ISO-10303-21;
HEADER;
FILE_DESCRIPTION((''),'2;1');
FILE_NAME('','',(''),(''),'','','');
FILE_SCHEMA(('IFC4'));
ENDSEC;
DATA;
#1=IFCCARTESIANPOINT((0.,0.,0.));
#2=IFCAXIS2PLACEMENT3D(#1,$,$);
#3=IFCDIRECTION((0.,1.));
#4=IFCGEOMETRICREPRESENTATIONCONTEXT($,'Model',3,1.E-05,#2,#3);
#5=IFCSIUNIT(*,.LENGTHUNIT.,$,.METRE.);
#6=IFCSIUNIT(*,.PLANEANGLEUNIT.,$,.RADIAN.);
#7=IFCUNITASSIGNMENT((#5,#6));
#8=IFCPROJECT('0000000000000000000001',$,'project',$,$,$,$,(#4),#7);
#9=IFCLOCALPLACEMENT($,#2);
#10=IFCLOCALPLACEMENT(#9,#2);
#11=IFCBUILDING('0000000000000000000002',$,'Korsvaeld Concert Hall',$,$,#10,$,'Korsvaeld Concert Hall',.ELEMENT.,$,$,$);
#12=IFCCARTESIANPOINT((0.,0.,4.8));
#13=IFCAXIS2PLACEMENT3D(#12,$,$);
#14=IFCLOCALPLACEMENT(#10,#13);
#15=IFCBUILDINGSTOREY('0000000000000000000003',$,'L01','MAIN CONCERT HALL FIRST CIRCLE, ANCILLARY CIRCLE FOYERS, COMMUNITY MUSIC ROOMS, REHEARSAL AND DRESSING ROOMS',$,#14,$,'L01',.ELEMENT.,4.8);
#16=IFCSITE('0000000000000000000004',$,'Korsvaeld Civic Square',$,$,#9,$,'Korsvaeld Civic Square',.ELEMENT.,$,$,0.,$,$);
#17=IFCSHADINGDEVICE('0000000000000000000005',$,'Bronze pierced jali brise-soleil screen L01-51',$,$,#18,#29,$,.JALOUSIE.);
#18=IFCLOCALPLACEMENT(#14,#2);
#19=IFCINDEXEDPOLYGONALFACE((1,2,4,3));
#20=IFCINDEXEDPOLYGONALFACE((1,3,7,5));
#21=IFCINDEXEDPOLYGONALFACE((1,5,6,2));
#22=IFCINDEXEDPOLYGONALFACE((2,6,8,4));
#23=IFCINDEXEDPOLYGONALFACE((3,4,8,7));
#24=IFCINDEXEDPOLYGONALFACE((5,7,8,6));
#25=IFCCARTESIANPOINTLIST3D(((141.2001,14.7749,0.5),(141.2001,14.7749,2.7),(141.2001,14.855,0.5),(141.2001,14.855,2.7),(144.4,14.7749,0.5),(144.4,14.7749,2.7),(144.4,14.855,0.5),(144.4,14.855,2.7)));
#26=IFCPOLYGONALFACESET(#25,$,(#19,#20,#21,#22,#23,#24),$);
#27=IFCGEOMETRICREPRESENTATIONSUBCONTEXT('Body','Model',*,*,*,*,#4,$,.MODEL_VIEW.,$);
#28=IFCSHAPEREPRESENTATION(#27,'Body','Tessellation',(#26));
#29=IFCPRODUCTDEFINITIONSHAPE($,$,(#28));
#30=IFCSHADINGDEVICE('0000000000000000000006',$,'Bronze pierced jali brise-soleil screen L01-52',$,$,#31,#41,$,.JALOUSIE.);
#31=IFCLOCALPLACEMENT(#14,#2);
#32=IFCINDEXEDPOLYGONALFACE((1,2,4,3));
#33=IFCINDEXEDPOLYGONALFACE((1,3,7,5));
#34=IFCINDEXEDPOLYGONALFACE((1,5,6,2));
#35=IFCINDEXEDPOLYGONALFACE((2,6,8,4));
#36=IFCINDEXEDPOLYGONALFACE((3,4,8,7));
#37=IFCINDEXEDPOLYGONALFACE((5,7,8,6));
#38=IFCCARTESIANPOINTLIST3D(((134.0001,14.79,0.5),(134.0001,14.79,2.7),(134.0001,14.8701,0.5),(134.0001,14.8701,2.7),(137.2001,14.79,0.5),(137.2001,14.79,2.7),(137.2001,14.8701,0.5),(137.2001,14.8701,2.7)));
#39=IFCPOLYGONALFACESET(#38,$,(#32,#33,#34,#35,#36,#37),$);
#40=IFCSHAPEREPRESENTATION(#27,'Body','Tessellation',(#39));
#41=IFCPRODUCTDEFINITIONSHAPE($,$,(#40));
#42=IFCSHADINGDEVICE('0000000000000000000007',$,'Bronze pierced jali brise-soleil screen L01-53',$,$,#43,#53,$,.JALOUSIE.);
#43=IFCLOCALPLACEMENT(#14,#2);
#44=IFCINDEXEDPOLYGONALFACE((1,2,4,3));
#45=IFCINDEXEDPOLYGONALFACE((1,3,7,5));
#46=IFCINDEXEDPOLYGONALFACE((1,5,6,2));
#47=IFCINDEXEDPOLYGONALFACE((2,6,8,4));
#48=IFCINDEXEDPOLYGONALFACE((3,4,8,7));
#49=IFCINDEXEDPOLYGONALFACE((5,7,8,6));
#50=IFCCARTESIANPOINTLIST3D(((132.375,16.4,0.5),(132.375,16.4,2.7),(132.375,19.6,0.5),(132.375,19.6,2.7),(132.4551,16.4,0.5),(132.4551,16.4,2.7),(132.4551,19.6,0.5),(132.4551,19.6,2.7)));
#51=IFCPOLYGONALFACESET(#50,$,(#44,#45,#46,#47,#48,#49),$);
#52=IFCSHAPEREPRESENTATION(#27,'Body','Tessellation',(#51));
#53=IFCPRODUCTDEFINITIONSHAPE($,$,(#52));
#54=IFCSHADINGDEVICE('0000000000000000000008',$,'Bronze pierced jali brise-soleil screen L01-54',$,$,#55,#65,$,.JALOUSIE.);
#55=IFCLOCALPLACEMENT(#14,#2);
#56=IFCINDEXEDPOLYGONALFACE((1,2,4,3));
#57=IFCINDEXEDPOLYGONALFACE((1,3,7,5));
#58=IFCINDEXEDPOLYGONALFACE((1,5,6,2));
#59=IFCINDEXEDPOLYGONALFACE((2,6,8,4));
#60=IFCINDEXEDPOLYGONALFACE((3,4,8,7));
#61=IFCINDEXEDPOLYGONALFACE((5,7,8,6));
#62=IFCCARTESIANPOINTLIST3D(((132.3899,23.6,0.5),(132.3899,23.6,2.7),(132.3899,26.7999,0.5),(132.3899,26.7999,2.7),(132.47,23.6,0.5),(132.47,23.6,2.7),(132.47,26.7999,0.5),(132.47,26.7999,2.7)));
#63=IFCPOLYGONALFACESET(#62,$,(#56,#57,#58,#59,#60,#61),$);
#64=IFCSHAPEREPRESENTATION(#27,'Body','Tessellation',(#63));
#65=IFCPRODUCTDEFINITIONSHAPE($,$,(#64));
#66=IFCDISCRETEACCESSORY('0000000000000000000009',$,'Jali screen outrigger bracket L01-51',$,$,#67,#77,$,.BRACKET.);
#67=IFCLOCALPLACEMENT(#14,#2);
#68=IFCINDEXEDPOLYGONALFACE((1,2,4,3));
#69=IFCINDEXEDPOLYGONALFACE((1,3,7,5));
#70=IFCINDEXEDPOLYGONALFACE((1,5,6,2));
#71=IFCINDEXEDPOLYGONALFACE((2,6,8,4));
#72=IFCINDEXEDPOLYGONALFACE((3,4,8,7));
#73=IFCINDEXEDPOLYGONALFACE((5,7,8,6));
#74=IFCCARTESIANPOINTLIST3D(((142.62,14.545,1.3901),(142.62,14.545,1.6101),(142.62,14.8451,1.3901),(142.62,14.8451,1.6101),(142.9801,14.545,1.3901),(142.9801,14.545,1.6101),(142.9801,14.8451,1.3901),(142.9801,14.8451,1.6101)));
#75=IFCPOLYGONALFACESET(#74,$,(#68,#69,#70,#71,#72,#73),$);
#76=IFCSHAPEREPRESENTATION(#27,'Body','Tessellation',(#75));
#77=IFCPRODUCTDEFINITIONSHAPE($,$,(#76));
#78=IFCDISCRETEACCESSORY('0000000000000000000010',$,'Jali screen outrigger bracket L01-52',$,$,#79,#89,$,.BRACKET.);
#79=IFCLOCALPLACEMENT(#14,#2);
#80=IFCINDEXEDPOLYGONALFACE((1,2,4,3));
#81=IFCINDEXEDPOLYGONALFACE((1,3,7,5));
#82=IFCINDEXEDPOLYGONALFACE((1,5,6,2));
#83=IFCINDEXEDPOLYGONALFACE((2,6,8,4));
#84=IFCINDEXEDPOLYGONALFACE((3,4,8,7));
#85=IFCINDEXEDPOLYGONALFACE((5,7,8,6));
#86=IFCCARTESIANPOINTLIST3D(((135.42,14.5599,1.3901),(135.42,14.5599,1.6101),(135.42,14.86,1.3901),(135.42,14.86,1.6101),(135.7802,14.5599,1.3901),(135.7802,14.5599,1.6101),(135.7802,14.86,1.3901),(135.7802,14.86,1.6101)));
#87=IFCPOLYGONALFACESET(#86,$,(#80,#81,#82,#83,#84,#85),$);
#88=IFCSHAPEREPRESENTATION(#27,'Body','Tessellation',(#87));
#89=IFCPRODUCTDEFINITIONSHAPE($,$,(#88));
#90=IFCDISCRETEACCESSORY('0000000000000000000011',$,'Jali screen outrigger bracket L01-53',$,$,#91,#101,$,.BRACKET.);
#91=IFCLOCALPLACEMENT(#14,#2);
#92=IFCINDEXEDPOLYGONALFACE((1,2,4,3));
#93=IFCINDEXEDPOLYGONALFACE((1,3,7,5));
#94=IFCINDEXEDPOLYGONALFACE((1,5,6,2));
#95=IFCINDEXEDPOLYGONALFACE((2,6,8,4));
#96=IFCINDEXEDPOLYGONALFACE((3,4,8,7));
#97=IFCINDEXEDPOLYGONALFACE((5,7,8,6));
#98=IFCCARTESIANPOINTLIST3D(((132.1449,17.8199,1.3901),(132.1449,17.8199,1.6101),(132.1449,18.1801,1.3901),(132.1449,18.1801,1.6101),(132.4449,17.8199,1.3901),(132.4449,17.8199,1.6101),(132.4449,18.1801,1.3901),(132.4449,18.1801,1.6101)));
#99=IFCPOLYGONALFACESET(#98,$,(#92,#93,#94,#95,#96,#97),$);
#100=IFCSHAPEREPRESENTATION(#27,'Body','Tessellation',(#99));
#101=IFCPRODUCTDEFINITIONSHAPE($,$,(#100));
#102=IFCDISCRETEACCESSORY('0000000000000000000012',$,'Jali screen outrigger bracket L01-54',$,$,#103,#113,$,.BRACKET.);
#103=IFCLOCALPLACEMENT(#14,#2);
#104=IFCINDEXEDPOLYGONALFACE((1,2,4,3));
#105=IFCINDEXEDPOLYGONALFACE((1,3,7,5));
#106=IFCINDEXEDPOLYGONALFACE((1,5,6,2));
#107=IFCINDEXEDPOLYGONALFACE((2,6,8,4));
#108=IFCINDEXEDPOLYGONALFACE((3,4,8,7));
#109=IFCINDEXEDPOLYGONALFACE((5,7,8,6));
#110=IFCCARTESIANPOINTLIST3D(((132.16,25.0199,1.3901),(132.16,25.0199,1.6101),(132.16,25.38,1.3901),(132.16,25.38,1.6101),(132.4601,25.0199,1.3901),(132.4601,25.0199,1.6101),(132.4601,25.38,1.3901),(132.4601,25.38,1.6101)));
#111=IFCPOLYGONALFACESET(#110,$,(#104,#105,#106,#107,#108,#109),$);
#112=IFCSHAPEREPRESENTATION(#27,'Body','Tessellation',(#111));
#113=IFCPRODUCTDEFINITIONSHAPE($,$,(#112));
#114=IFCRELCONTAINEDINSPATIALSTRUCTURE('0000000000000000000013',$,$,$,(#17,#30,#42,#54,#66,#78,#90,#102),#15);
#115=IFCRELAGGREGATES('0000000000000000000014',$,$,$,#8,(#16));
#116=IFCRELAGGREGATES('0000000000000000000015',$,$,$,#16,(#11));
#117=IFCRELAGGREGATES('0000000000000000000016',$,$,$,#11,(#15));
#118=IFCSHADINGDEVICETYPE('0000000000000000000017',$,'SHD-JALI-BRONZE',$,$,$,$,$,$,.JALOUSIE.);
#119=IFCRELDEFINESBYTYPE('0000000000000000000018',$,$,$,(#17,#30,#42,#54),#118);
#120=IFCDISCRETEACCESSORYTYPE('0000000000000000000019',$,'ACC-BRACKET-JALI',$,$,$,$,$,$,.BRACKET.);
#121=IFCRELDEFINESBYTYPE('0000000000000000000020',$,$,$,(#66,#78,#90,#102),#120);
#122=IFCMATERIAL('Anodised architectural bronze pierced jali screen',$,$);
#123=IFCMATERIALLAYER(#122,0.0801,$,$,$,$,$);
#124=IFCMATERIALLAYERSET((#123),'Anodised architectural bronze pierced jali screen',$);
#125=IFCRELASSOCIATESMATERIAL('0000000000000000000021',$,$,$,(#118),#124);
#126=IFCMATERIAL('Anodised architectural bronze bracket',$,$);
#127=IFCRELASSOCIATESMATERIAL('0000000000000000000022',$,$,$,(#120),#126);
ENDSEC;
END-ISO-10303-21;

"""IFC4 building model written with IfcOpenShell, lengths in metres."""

from ifc_helpers import new_model, si_unit, direction, frame, origin, origin_2d, place, context, subcontext, project, spatial, rectangle, extrude, material, layer, layer_set, type_object, element, save


model = new_model("IFC4")

# Units and contexts
model_context = context("Model", 3, precision=1e-05, world=origin(), true_north=direction((0.0, 1.0)))
body_context = subcontext(model_context, "Body", "Model", "MODEL_VIEW")
ifc_project = project(units=[si_unit("LENGTHUNIT", "METRE"), si_unit("PLANEANGLEUNIT", "RADIAN")], contexts=[model_context])

# Site, building, storey
site_placement = place(None, origin())
site = spatial("IfcSite", under=ifc_project, at=site_placement, Name="Korsvaeld Civic Square", LongName="Korsvaeld Civic Square", CompositionType="ELEMENT", RefElevation=0.0)
building_placement = place(site_placement, origin())
building = spatial("IfcBuilding", under=site, at=building_placement, Name="Korsvaeld Concert Hall", LongName="Korsvaeld Concert Hall", CompositionType="ELEMENT")
storey_placement = place(building_placement, frame((0.0, 0.0, 4.8)))
storey = spatial("IfcBuildingStorey", under=building, at=storey_placement, Name="L01", Description="MAIN CONCERT HALL FIRST CIRCLE, ANCILLARY CIRCLE FOYERS, COMMUNITY MUSIC ROOMS, REHEARSAL AND DRESSING ROOMS", LongName="L01", CompositionType="ELEMENT", Elevation=4.8)

# Shading devices
ifc_material_1 = material(Name="Anodised architectural bronze pierced jali screen")
ifc_layer_1 = layer(ifc_material_1, 0.0801)
ifc_layer_set_1 = layer_set([ifc_layer_1], Name="Anodised architectural bronze pierced jali screen")
shading_device_type = type_object("IfcShadingDeviceType", Name="SHD-JALI-BRONZE", PredefinedType="JALOUSIE", material=ifc_layer_set_1)
for number, where, z_axis, x_axis, name in (
    (1, (142.8, 14.8149, 0.5), (0.0, 0.0, 1.0), (-1.0, 0.0, 0.0), "Bronze pierced jali brise-soleil screen L01-51"),
    (2, (135.6001, 14.8301, 0.5), (0.0, 0.0, 1.0), (-1.0, 0.0, 0.0), "Bronze pierced jali brise-soleil screen L01-52"),
    (3, (132.415, 18.0, 0.5), (0.0, 0.0, 1.0), (0.0, 1.0, 0.0), "Bronze pierced jali brise-soleil screen L01-53"),
    (4, (132.4299, 25.2, 0.5), (0.0, 0.0, 1.0), (0.0, 1.0, 0.0), "Bronze pierced jali brise-soleil screen L01-54"),
):
    element("IfcShadingDevice", number, at=place(storey_placement, frame(where, z_axis=z_axis, x_axis=x_axis)), inside=storey, type_object=shading_device_type, Name=name, PredefinedType="JALOUSIE", context=body_context, shape_type="SweptSolid", body=[
        extrude(rectangle(XDim=3.2, YDim=0.0801, at=origin_2d()), origin(), (0.0, 0.0, 1.0), 2.2),
    ])

# Discrete accessories
ifc_material_2 = material(Name="Anodised architectural bronze bracket")
discrete_accessory_type = type_object("IfcDiscreteAccessoryType", Name="ACC-BRACKET-JALI", PredefinedType="BRACKET", material=ifc_material_2)
for number, where, z_axis, x_axis, name in (
    (5, (142.8, 14.6951, 1.3901), (0.0, 0.0, 1.0), (-1.0, 0.0, 0.0), "Jali screen outrigger bracket L01-51"),
    (6, (135.6001, 14.71, 1.3901), (0.0, 0.0, 1.0), (-1.0, 0.0, 0.0), "Jali screen outrigger bracket L01-52"),
    (7, (132.2949, 18.0, 1.3901), (0.0, 0.0, 1.0), (0.0, 1.0, 0.0), "Jali screen outrigger bracket L01-53"),
    (8, (132.3101, 25.2, 1.3901), (0.0, 0.0, 1.0), (0.0, 1.0, 0.0), "Jali screen outrigger bracket L01-54"),
):
    element("IfcDiscreteAccessory", number, at=place(storey_placement, frame(where, z_axis=z_axis, x_axis=x_axis)), inside=storey, type_object=discrete_accessory_type, Name=name, PredefinedType="BRACKET", context=body_context, shape_type="SweptSolid", body=[
        extrude(rectangle(XDim=0.3601, YDim=0.3, at=origin_2d()), origin(), (0.0, 0.0, 1.0), 0.22),
    ])

save(model, "model.ifc")
